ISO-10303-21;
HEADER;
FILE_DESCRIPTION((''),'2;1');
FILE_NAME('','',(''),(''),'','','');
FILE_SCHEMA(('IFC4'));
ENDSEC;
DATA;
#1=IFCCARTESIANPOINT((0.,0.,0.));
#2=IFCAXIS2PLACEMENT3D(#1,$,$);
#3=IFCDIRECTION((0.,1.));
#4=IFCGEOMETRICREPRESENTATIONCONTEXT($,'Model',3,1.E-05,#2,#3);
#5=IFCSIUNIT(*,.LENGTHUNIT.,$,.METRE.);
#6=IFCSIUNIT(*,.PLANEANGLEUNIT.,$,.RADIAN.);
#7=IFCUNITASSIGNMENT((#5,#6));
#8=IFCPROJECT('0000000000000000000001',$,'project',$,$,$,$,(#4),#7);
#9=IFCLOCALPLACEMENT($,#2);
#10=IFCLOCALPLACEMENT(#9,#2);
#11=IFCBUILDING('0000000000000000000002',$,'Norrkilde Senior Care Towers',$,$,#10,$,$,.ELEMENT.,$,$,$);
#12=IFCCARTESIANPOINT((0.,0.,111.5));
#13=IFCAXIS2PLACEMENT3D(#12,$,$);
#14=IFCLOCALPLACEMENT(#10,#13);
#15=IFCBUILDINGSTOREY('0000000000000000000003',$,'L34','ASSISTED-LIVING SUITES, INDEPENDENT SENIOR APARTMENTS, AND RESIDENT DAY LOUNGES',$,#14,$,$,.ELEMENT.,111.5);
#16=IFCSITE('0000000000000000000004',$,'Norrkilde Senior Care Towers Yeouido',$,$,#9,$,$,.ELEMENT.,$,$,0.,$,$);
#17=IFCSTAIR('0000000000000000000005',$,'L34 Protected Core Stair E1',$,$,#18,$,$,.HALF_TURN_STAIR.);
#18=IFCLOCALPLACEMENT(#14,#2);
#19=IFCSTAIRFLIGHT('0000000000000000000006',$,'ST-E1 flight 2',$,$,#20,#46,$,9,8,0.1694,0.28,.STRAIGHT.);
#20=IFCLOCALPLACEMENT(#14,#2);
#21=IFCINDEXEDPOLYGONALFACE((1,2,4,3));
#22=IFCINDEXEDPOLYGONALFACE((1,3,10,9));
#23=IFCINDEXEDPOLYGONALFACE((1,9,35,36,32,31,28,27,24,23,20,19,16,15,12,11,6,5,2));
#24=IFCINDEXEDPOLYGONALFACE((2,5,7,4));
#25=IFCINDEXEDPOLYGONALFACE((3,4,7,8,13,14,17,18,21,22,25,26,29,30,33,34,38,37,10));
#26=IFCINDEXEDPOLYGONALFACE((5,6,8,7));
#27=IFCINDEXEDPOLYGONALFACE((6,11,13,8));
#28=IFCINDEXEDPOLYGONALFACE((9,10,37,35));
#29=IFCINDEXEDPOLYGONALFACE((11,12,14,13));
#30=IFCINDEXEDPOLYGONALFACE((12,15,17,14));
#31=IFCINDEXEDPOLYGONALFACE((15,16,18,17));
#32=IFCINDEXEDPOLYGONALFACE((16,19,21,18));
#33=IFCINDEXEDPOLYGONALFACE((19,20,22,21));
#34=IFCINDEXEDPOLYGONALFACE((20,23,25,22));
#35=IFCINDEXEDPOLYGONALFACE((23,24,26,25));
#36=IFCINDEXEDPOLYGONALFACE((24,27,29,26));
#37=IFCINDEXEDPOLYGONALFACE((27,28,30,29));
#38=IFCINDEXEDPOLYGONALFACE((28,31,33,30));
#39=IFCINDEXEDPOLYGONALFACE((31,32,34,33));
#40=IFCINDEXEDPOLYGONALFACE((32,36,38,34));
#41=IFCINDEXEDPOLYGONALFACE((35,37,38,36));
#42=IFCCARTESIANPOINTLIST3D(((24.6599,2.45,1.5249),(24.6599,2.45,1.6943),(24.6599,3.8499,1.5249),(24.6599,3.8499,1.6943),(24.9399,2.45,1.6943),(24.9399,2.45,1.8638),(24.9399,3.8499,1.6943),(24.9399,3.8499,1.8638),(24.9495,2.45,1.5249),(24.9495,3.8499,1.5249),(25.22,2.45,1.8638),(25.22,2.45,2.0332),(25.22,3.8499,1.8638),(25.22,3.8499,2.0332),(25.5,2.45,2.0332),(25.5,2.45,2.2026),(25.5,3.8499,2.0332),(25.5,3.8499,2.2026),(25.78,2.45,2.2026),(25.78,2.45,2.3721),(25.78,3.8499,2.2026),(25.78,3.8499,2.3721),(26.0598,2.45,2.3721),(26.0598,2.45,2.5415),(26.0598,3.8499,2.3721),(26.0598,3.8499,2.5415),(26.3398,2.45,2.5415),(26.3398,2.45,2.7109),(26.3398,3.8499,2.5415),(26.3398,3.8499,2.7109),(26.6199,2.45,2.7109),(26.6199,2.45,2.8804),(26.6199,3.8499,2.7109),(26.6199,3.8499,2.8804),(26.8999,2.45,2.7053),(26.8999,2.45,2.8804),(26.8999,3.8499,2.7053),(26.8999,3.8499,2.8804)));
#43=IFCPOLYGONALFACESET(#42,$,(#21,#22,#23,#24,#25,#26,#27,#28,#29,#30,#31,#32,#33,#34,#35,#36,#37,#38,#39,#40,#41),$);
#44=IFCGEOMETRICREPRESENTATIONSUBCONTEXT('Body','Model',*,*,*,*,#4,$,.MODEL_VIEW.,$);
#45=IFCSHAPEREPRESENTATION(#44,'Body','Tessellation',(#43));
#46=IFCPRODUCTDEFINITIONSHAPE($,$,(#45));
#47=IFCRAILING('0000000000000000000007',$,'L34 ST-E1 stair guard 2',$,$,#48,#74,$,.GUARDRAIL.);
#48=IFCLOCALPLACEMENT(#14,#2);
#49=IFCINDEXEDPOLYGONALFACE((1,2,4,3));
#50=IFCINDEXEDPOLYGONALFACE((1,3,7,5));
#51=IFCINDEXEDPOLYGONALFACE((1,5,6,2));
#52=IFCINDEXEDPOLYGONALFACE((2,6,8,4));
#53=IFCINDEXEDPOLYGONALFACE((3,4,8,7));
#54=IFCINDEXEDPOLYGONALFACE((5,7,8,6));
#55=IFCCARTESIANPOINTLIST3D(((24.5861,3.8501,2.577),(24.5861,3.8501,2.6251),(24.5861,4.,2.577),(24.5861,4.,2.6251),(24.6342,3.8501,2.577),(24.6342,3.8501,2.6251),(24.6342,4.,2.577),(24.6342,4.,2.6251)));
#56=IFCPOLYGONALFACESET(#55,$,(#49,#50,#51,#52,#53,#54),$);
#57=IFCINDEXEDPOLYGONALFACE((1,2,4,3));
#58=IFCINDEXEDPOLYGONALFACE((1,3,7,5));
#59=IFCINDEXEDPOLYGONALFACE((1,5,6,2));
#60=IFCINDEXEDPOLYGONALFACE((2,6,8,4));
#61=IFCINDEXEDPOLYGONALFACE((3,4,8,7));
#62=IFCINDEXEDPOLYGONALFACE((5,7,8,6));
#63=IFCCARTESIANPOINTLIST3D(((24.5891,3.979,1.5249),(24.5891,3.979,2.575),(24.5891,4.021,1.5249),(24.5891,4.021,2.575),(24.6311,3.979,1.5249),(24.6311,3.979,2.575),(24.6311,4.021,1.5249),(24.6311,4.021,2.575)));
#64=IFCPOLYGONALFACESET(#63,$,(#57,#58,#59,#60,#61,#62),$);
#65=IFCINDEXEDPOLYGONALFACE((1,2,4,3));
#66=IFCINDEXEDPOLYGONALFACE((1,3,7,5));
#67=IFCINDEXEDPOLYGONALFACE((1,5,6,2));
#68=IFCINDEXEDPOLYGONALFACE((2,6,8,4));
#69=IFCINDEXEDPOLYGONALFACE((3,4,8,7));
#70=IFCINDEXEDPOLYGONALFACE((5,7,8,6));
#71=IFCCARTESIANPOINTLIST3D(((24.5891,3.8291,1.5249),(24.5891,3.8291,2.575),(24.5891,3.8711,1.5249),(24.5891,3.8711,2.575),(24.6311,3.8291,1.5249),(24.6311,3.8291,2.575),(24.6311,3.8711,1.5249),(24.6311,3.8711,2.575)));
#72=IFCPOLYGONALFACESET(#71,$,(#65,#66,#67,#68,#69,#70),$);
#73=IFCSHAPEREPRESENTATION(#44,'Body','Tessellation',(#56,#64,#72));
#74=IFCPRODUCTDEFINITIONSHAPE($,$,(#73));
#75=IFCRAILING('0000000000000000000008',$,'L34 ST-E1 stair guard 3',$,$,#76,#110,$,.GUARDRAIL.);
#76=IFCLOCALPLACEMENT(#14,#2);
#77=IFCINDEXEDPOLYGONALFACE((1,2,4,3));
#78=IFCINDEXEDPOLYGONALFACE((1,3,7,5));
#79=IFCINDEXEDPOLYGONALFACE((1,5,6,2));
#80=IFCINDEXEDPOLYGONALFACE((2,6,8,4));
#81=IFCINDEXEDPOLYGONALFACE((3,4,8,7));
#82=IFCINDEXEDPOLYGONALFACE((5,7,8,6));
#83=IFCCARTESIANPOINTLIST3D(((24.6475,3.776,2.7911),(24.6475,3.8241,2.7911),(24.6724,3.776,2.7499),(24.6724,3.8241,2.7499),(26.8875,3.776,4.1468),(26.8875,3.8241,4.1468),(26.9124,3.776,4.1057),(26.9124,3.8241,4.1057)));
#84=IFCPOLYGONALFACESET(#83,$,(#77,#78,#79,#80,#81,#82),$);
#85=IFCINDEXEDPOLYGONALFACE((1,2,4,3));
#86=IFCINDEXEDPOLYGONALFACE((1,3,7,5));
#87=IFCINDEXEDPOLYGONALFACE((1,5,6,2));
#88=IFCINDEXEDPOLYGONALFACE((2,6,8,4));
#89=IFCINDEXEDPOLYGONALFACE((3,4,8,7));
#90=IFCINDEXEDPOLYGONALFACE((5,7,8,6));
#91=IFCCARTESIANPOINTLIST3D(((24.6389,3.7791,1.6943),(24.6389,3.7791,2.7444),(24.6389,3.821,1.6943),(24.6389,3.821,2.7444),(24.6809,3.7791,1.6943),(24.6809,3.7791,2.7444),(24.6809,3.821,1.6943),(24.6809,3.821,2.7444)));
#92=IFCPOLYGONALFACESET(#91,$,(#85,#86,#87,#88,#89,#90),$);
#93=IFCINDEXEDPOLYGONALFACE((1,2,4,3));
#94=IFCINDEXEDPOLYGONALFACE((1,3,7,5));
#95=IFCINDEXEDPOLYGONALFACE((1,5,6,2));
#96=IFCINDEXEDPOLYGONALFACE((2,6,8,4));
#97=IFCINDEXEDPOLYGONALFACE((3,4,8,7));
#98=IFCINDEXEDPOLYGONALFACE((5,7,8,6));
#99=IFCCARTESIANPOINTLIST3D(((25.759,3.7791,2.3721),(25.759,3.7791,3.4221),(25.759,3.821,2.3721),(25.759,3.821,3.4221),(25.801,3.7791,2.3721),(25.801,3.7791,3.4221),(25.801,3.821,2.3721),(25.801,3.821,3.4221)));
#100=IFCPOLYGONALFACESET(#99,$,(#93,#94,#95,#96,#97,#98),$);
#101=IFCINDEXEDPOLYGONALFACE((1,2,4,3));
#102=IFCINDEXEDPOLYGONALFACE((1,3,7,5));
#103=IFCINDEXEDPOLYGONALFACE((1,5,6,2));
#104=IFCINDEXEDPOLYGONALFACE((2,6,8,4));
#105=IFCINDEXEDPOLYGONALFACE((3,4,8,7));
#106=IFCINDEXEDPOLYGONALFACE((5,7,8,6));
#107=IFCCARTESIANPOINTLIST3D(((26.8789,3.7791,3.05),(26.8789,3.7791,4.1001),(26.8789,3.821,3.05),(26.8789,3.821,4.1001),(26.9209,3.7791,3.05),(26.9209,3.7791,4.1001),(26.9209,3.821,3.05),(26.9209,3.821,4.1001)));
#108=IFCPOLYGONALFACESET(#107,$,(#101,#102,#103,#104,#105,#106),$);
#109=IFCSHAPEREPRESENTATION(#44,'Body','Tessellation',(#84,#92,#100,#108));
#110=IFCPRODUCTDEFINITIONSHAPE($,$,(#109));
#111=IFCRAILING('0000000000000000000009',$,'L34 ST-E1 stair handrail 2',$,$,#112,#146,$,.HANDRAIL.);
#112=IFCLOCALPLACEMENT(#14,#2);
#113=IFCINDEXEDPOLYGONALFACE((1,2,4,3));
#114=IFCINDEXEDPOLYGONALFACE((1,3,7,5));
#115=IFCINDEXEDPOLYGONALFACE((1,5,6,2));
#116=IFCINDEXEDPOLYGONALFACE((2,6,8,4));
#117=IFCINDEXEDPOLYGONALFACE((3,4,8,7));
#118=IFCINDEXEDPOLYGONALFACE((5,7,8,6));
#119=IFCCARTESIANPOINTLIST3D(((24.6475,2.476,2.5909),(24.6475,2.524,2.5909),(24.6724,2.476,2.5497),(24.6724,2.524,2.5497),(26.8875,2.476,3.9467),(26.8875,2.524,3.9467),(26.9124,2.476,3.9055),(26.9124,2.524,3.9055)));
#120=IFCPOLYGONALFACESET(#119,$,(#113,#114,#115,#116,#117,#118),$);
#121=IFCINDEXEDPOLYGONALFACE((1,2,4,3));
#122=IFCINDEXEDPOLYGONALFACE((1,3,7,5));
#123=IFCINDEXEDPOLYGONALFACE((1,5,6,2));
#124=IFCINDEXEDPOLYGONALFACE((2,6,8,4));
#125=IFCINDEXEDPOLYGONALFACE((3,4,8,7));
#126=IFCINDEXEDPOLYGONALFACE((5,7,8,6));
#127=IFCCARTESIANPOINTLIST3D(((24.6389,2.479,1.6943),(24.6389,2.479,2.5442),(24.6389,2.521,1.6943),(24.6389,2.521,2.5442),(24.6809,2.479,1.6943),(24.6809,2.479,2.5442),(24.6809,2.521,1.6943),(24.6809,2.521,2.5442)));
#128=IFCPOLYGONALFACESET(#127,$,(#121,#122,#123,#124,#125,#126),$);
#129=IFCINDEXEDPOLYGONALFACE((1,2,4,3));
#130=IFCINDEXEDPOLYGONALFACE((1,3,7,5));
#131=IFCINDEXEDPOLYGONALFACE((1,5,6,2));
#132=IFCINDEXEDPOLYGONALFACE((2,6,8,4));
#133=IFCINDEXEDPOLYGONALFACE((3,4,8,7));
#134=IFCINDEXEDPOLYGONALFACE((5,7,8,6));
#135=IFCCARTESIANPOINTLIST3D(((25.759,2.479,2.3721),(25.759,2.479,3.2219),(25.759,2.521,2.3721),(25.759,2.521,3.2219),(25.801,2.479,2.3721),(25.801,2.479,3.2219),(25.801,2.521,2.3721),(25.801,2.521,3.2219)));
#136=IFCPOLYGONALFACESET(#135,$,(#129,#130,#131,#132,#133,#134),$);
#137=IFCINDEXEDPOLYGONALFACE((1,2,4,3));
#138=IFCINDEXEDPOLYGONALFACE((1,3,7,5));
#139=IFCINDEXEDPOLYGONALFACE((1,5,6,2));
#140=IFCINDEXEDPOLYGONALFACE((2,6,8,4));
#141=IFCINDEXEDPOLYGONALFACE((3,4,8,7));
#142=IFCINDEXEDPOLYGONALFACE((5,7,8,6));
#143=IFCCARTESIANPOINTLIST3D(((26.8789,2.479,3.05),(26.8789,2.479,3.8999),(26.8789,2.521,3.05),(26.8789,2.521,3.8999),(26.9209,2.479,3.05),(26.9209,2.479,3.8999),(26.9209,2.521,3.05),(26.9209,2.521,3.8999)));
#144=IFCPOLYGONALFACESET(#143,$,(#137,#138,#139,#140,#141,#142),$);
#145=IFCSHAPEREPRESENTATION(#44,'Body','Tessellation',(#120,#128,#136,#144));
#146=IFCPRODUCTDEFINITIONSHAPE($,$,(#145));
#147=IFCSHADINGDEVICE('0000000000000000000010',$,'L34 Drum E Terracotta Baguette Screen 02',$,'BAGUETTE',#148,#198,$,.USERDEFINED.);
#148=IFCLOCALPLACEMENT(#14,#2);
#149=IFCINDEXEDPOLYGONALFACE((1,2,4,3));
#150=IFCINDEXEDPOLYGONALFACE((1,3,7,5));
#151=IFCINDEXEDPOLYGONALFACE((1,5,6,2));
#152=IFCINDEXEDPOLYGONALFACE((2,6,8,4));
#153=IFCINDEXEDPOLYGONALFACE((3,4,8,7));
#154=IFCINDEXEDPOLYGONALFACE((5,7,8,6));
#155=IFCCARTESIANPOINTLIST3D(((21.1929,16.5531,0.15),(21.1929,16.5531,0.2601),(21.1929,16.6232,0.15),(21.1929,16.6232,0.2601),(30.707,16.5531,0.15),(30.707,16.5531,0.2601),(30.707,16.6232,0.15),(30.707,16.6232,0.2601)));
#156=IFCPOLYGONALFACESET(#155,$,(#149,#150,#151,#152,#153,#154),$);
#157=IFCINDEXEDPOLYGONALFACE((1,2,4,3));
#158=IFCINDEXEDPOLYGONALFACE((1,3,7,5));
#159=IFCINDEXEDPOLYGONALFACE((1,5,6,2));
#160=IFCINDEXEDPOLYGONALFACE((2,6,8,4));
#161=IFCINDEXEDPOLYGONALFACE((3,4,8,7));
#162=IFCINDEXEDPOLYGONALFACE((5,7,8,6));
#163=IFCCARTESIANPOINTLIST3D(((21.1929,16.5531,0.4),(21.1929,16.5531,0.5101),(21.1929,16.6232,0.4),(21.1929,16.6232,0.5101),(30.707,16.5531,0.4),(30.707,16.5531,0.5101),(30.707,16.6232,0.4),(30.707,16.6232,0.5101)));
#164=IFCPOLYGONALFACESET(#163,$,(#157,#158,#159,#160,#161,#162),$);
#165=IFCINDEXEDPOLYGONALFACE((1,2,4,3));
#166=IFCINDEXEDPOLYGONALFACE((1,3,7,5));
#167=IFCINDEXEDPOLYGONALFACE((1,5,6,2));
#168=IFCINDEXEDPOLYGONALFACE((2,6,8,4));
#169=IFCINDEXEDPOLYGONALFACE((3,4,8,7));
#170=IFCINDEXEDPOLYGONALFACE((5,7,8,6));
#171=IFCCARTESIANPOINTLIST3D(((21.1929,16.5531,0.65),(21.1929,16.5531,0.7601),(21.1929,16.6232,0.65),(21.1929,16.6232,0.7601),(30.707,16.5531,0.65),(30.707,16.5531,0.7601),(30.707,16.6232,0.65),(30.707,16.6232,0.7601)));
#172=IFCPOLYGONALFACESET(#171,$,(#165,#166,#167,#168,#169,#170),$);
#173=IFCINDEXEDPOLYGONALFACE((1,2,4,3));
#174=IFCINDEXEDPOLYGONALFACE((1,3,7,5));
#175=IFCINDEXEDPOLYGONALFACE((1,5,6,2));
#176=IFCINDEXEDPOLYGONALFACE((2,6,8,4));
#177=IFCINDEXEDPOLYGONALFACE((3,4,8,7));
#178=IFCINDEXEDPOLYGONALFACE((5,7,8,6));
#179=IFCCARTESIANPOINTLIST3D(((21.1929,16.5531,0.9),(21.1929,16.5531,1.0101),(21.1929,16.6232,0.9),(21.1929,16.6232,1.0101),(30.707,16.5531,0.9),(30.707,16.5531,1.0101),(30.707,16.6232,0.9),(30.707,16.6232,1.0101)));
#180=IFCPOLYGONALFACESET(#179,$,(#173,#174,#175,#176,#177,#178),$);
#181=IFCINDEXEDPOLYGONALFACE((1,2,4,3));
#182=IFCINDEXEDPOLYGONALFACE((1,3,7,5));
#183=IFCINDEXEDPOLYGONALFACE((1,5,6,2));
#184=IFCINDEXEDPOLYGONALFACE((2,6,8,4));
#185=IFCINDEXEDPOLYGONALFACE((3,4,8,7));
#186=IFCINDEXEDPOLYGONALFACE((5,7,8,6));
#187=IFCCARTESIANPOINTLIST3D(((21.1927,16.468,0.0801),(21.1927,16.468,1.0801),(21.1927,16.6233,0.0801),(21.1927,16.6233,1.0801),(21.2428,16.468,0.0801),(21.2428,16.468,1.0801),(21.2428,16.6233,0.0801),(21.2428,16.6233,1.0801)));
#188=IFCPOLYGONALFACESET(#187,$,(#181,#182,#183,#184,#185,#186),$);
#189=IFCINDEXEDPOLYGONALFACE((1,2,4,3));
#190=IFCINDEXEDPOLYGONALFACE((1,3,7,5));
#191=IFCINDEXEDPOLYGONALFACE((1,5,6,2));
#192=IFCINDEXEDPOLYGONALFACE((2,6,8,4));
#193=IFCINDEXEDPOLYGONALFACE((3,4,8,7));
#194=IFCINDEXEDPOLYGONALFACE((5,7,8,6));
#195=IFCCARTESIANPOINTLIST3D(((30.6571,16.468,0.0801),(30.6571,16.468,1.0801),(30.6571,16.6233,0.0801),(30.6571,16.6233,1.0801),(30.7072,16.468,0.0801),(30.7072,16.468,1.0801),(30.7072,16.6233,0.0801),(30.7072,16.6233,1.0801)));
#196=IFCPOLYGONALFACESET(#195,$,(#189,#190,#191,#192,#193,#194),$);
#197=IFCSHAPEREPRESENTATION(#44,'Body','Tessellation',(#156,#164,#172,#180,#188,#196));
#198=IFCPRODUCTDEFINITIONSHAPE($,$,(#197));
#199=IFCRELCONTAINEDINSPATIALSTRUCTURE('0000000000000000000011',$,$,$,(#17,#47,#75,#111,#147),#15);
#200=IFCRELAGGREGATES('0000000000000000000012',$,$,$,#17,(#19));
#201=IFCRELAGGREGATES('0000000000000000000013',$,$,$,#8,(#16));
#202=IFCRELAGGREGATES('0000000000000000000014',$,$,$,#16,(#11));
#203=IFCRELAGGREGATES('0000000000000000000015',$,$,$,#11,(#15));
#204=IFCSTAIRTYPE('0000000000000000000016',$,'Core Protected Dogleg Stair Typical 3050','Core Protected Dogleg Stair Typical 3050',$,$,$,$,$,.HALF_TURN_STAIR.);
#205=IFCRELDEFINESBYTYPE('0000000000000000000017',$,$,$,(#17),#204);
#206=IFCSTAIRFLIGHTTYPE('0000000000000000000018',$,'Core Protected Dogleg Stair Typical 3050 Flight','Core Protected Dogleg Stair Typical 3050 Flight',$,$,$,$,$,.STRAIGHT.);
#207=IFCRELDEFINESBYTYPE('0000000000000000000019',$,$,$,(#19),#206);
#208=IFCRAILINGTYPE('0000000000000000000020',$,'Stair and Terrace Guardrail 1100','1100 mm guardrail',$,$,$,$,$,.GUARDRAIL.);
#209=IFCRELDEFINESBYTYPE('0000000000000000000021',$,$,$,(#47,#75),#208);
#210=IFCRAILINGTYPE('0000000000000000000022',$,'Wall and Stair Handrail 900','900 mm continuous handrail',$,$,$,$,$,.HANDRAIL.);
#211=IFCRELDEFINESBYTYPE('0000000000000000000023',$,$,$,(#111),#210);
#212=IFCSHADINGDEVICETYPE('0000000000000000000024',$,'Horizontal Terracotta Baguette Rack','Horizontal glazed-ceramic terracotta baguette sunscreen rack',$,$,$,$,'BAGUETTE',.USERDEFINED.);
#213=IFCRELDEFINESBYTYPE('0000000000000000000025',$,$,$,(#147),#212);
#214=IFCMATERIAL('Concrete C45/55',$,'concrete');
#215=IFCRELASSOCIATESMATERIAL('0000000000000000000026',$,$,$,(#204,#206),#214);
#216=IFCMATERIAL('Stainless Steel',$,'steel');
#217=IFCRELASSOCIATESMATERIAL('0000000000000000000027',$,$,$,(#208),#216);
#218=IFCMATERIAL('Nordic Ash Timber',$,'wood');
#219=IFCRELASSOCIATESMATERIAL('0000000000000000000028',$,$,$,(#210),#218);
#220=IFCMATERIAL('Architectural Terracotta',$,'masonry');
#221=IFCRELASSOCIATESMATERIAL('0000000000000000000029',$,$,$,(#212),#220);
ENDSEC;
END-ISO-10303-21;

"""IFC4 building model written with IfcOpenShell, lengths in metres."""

from ifc_helpers import new_model, si_unit, direction, frame, origin, origin_2d, place, context, subcontext, project, spatial, polyline, rectangle, outline, extrude, source, transform, mapped, material, type_object, type_shapes, element, aggregate, save


model = new_model("IFC4")

# Units and contexts
model_context = context("Model", 3, precision=1e-05, world=origin(), true_north=direction((0.0, 1.0)))
body_context = subcontext(model_context, "Body", "Model", "MODEL_VIEW")
ifc_project = project(units=[si_unit("LENGTHUNIT", "METRE"), si_unit("PLANEANGLEUNIT", "RADIAN")], contexts=[model_context])

# Site, building, storey
site_placement = place(None, origin())
site = spatial("IfcSite", under=ifc_project, at=site_placement, Name="Norrkilde Senior Care Towers Yeouido", CompositionType="ELEMENT", RefElevation=0.0)
building_placement = place(site_placement, origin())
building = spatial("IfcBuilding", under=site, at=building_placement, Name="Norrkilde Senior Care Towers", CompositionType="ELEMENT")
storey_placement = place(building_placement, frame((0.0, 0.0, 111.5)))
storey = spatial("IfcBuildingStorey", under=building, at=storey_placement, Name="L34", Description="ASSISTED-LIVING SUITES, INDEPENDENT SENIOR APARTMENTS, AND RESIDENT DAY LOUNGES", CompositionType="ELEMENT", Elevation=111.5)

# Shared definitions
ifc_material_1 = material(Name="Concrete C45/55", Category="concrete")

# Shared definitions
ifc_material_2 = material(Name="Nordic Ash Timber", Category="wood")

# Stair, stair flight
stair_type = type_object("IfcStairType", Name="Core Protected Dogleg Stair Typical 3050", Description="Core Protected Dogleg Stair Typical 3050", PredefinedType="HALF_TURN_STAIR", material=ifc_material_1)
stair_placement = place(storey_placement, origin())
stair = element("IfcStair", 1, at=stair_placement, inside=storey, type_object=stair_type, Name="L34 Protected Core Stair E1", PredefinedType="HALF_TURN_STAIR")
stair_flight_type = type_object("IfcStairFlightType", Name="Core Protected Dogleg Stair Typical 3050 Flight", Description="Core Protected Dogleg Stair Typical 3050 Flight", PredefinedType="STRAIGHT", material=ifc_material_1)
stair_flight_placement = place(storey_placement, frame((24.6599, 3.1499, 1.5249), z_axis=(0.0, 0.0, 1.0), x_axis=(1.0, 0.0, 0.0)))
stair_flight = element("IfcStairFlight", 2, at=stair_flight_placement, type_object=stair_flight_type, Name="ST-E1 flight 2", NumberOfRisers=9, NumberOfTreads=8, PredefinedType="STRAIGHT", RiserHeight=0.1694, TreadLength=0.28, context=body_context, shape_type="SweptSolid", body=[
    extrude(outline(polyline([(0.0, 0.0), (0.0, 0.1694), (0.28, 0.1694), (0.28, 0.3389), (0.5601, 0.3389), (0.5601, 0.5083), (0.8401, 0.5083), (0.8401, 0.6777), (1.1201, 0.6777), (1.1201, 0.8472), (1.3999, 0.8472), (1.3999, 1.0166), (1.6799, 1.0166), (1.6799, 1.186), (1.96, 1.186), (1.96, 1.3555), (2.24, 1.3555), (2.24, 1.5249), (2.24, 1.1804), (0.2896, 0.0), (0.0, 0.0)])), frame((0.0, 0.7, 0.0), z_axis=(0.0, -1.0, 0.0), x_axis=(1.0, 0.0, 0.0)), (0.0, 0.0, 1.0), 1.3999),
])
aggregate(stair, [stair_flight])

# Railings
ifc_material_3 = material(Name="Stainless Steel", Category="steel")
railing_type_1 = type_object("IfcRailingType", Name="Stair and Terrace Guardrail 1100", Description="1100 mm guardrail", PredefinedType="GUARDRAIL", material=ifc_material_3)
railing_1_placement = place(storey_placement, frame((24.6101, 4.0, 1.5249)))
element("IfcRailing", 3, at=railing_1_placement, inside=storey, type_object=railing_type_1, Name="L34 ST-E1 stair guard 2", PredefinedType="GUARDRAIL", context=body_context, shape_type="SweptSolid", body=[
    extrude(rectangle(XDim=0.0481, YDim=0.0481, at=origin_2d()), frame((0.0, 0.0, 1.0762), z_axis=(0.0, -1.0, 0.0), x_axis=(1.0, 0.0, 0.0)), (0.0, 0.0, 1.0), 0.1499),
    extrude(rectangle(XDim=0.042, YDim=0.042, at=origin_2d()), origin(), (0.0, 0.0, 1.0), 1.05),
    extrude(rectangle(XDim=0.042, YDim=0.042, at=origin_2d()), frame((0.0, -0.1499, 0.0)), (0.0, 0.0, 1.0), 1.05),
])
railing_2_placement = place(storey_placement, frame((24.6599, 3.8, 1.6943)))
element("IfcRailing", 4, at=railing_2_placement, inside=storey, type_object=railing_type_1, Name="L34 ST-E1 stair guard 3", PredefinedType="GUARDRAIL", context=body_context, shape_type="SweptSolid", body=[
    extrude(rectangle(XDim=0.0481, YDim=0.0481, at=origin_2d()), frame((0.0, 0.0, 1.0762), z_axis=(0.855512, 0.0, 0.517783), x_axis=(0.0, 1.0, 0.0)), (0.0, 0.0, 1.0), 2.6184),
    extrude(rectangle(XDim=0.042, YDim=0.042, at=origin_2d()), origin(), (0.0, 0.0, 1.0), 1.05),
    extrude(rectangle(XDim=0.042, YDim=0.042, at=origin_2d()), frame((1.1201, 0.0, 0.6777)), (0.0, 0.0, 1.0), 1.05),
    extrude(rectangle(XDim=0.042, YDim=0.042, at=origin_2d()), frame((2.24, 0.0, 1.3557)), (0.0, 0.0, 1.0), 1.05),
])
railing_type_2 = type_object("IfcRailingType", Name="Wall and Stair Handrail 900", Description="900 mm continuous handrail", PredefinedType="HANDRAIL", material=ifc_material_2)
railing_3_placement = place(storey_placement, frame((24.6599, 2.5, 1.6943)))
element("IfcRailing", 5, at=railing_3_placement, inside=storey, type_object=railing_type_2, Name="L34 ST-E1 stair handrail 2", PredefinedType="HANDRAIL", context=body_context, shape_type="SweptSolid", body=[
    extrude(rectangle(XDim=0.0481, YDim=0.0481, at=origin_2d()), frame((0.0, 0.0, 0.876), z_axis=(0.855512, 0.0, 0.517783), x_axis=(0.0, 1.0, 0.0)), (0.0, 0.0, 1.0), 2.6184),
    extrude(rectangle(XDim=0.042, YDim=0.042, at=origin_2d()), origin(), (0.0, 0.0, 1.0), 0.8499),
    extrude(rectangle(XDim=0.042, YDim=0.042, at=origin_2d()), frame((1.1201, 0.0, 0.6777)), (0.0, 0.0, 1.0), 0.8499),
    extrude(rectangle(XDim=0.042, YDim=0.042, at=origin_2d()), frame((2.24, 0.0, 1.3557)), (0.0, 0.0, 1.0), 0.8499),
])

# Shading device
ifc_material_4 = material(Name="Architectural Terracotta", Category="masonry")
shading_device_type = type_object("IfcShadingDeviceType", Name="Horizontal Terracotta Baguette Rack", Description="Horizontal glazed-ceramic terracotta baguette sunscreen rack", ElementType="BAGUETTE", PredefinedType="USERDEFINED", material=ifc_material_4)
shared_shape_1 = source(origin(), body_context, "Body", "SweptSolid", [
    extrude(rectangle(XDim=0.0701, YDim=0.1101, at=origin_2d()), frame((0.0, 0.0901, 0.125), z_axis=(1.0, 0.0, 0.0), x_axis=(0.0, 1.0, 0.0)), (0.0, 0.0, 1.0), 9.5142),
    extrude(rectangle(XDim=0.0701, YDim=0.1101, at=origin_2d()), frame((0.0, 0.0901, 0.375), z_axis=(1.0, 0.0, 0.0), x_axis=(0.0, 1.0, 0.0)), (0.0, 0.0, 1.0), 9.5142),
    extrude(rectangle(XDim=0.0701, YDim=0.1101, at=origin_2d()), frame((0.0, 0.0901, 0.625), z_axis=(1.0, 0.0, 0.0), x_axis=(0.0, 1.0, 0.0)), (0.0, 0.0, 1.0), 9.5142),
    extrude(rectangle(XDim=0.0701, YDim=0.1101, at=origin_2d()), frame((0.0, 0.0901, 0.875), z_axis=(1.0, 0.0, 0.0), x_axis=(0.0, 1.0, 0.0)), (0.0, 0.0, 1.0), 9.5142),
    extrude(rectangle(XDim=0.05, YDim=0.1553, at=origin_2d()), frame((0.0249, 0.0476, 0.0)), (0.0, 0.0, 1.0), 1.0),
    extrude(rectangle(XDim=0.05, YDim=0.1553, at=origin_2d()), frame((9.4893, 0.0476, 0.0)), (0.0, 0.0, 1.0), 1.0),
])
type_shapes(shading_device_type, [shared_shape_1])
shading_device_placement = place(storey_placement, frame((21.1929, 16.498, 0.0801), z_axis=(0.0, 0.0, 1.0), x_axis=(1.0, 0.0, 0.0)))
element("IfcShadingDevice", 6, at=shading_device_placement, inside=storey, type_object=shading_device_type, Name="L34 Drum E Terracotta Baguette Screen 02", ObjectType="BAGUETTE", PredefinedType="USERDEFINED", context=body_context, shape_type="MappedRepresentation", body=[
    mapped(shared_shape_1, transform((0.0, 0.0, 0.0), x_axis=(1.0, 0.0, 0.0), y_axis=(0.0, 1.0, 0.0), z_axis=(0.0, 0.0, 1.0), scale=1.0)),
])

save(model, "model.ifc")
